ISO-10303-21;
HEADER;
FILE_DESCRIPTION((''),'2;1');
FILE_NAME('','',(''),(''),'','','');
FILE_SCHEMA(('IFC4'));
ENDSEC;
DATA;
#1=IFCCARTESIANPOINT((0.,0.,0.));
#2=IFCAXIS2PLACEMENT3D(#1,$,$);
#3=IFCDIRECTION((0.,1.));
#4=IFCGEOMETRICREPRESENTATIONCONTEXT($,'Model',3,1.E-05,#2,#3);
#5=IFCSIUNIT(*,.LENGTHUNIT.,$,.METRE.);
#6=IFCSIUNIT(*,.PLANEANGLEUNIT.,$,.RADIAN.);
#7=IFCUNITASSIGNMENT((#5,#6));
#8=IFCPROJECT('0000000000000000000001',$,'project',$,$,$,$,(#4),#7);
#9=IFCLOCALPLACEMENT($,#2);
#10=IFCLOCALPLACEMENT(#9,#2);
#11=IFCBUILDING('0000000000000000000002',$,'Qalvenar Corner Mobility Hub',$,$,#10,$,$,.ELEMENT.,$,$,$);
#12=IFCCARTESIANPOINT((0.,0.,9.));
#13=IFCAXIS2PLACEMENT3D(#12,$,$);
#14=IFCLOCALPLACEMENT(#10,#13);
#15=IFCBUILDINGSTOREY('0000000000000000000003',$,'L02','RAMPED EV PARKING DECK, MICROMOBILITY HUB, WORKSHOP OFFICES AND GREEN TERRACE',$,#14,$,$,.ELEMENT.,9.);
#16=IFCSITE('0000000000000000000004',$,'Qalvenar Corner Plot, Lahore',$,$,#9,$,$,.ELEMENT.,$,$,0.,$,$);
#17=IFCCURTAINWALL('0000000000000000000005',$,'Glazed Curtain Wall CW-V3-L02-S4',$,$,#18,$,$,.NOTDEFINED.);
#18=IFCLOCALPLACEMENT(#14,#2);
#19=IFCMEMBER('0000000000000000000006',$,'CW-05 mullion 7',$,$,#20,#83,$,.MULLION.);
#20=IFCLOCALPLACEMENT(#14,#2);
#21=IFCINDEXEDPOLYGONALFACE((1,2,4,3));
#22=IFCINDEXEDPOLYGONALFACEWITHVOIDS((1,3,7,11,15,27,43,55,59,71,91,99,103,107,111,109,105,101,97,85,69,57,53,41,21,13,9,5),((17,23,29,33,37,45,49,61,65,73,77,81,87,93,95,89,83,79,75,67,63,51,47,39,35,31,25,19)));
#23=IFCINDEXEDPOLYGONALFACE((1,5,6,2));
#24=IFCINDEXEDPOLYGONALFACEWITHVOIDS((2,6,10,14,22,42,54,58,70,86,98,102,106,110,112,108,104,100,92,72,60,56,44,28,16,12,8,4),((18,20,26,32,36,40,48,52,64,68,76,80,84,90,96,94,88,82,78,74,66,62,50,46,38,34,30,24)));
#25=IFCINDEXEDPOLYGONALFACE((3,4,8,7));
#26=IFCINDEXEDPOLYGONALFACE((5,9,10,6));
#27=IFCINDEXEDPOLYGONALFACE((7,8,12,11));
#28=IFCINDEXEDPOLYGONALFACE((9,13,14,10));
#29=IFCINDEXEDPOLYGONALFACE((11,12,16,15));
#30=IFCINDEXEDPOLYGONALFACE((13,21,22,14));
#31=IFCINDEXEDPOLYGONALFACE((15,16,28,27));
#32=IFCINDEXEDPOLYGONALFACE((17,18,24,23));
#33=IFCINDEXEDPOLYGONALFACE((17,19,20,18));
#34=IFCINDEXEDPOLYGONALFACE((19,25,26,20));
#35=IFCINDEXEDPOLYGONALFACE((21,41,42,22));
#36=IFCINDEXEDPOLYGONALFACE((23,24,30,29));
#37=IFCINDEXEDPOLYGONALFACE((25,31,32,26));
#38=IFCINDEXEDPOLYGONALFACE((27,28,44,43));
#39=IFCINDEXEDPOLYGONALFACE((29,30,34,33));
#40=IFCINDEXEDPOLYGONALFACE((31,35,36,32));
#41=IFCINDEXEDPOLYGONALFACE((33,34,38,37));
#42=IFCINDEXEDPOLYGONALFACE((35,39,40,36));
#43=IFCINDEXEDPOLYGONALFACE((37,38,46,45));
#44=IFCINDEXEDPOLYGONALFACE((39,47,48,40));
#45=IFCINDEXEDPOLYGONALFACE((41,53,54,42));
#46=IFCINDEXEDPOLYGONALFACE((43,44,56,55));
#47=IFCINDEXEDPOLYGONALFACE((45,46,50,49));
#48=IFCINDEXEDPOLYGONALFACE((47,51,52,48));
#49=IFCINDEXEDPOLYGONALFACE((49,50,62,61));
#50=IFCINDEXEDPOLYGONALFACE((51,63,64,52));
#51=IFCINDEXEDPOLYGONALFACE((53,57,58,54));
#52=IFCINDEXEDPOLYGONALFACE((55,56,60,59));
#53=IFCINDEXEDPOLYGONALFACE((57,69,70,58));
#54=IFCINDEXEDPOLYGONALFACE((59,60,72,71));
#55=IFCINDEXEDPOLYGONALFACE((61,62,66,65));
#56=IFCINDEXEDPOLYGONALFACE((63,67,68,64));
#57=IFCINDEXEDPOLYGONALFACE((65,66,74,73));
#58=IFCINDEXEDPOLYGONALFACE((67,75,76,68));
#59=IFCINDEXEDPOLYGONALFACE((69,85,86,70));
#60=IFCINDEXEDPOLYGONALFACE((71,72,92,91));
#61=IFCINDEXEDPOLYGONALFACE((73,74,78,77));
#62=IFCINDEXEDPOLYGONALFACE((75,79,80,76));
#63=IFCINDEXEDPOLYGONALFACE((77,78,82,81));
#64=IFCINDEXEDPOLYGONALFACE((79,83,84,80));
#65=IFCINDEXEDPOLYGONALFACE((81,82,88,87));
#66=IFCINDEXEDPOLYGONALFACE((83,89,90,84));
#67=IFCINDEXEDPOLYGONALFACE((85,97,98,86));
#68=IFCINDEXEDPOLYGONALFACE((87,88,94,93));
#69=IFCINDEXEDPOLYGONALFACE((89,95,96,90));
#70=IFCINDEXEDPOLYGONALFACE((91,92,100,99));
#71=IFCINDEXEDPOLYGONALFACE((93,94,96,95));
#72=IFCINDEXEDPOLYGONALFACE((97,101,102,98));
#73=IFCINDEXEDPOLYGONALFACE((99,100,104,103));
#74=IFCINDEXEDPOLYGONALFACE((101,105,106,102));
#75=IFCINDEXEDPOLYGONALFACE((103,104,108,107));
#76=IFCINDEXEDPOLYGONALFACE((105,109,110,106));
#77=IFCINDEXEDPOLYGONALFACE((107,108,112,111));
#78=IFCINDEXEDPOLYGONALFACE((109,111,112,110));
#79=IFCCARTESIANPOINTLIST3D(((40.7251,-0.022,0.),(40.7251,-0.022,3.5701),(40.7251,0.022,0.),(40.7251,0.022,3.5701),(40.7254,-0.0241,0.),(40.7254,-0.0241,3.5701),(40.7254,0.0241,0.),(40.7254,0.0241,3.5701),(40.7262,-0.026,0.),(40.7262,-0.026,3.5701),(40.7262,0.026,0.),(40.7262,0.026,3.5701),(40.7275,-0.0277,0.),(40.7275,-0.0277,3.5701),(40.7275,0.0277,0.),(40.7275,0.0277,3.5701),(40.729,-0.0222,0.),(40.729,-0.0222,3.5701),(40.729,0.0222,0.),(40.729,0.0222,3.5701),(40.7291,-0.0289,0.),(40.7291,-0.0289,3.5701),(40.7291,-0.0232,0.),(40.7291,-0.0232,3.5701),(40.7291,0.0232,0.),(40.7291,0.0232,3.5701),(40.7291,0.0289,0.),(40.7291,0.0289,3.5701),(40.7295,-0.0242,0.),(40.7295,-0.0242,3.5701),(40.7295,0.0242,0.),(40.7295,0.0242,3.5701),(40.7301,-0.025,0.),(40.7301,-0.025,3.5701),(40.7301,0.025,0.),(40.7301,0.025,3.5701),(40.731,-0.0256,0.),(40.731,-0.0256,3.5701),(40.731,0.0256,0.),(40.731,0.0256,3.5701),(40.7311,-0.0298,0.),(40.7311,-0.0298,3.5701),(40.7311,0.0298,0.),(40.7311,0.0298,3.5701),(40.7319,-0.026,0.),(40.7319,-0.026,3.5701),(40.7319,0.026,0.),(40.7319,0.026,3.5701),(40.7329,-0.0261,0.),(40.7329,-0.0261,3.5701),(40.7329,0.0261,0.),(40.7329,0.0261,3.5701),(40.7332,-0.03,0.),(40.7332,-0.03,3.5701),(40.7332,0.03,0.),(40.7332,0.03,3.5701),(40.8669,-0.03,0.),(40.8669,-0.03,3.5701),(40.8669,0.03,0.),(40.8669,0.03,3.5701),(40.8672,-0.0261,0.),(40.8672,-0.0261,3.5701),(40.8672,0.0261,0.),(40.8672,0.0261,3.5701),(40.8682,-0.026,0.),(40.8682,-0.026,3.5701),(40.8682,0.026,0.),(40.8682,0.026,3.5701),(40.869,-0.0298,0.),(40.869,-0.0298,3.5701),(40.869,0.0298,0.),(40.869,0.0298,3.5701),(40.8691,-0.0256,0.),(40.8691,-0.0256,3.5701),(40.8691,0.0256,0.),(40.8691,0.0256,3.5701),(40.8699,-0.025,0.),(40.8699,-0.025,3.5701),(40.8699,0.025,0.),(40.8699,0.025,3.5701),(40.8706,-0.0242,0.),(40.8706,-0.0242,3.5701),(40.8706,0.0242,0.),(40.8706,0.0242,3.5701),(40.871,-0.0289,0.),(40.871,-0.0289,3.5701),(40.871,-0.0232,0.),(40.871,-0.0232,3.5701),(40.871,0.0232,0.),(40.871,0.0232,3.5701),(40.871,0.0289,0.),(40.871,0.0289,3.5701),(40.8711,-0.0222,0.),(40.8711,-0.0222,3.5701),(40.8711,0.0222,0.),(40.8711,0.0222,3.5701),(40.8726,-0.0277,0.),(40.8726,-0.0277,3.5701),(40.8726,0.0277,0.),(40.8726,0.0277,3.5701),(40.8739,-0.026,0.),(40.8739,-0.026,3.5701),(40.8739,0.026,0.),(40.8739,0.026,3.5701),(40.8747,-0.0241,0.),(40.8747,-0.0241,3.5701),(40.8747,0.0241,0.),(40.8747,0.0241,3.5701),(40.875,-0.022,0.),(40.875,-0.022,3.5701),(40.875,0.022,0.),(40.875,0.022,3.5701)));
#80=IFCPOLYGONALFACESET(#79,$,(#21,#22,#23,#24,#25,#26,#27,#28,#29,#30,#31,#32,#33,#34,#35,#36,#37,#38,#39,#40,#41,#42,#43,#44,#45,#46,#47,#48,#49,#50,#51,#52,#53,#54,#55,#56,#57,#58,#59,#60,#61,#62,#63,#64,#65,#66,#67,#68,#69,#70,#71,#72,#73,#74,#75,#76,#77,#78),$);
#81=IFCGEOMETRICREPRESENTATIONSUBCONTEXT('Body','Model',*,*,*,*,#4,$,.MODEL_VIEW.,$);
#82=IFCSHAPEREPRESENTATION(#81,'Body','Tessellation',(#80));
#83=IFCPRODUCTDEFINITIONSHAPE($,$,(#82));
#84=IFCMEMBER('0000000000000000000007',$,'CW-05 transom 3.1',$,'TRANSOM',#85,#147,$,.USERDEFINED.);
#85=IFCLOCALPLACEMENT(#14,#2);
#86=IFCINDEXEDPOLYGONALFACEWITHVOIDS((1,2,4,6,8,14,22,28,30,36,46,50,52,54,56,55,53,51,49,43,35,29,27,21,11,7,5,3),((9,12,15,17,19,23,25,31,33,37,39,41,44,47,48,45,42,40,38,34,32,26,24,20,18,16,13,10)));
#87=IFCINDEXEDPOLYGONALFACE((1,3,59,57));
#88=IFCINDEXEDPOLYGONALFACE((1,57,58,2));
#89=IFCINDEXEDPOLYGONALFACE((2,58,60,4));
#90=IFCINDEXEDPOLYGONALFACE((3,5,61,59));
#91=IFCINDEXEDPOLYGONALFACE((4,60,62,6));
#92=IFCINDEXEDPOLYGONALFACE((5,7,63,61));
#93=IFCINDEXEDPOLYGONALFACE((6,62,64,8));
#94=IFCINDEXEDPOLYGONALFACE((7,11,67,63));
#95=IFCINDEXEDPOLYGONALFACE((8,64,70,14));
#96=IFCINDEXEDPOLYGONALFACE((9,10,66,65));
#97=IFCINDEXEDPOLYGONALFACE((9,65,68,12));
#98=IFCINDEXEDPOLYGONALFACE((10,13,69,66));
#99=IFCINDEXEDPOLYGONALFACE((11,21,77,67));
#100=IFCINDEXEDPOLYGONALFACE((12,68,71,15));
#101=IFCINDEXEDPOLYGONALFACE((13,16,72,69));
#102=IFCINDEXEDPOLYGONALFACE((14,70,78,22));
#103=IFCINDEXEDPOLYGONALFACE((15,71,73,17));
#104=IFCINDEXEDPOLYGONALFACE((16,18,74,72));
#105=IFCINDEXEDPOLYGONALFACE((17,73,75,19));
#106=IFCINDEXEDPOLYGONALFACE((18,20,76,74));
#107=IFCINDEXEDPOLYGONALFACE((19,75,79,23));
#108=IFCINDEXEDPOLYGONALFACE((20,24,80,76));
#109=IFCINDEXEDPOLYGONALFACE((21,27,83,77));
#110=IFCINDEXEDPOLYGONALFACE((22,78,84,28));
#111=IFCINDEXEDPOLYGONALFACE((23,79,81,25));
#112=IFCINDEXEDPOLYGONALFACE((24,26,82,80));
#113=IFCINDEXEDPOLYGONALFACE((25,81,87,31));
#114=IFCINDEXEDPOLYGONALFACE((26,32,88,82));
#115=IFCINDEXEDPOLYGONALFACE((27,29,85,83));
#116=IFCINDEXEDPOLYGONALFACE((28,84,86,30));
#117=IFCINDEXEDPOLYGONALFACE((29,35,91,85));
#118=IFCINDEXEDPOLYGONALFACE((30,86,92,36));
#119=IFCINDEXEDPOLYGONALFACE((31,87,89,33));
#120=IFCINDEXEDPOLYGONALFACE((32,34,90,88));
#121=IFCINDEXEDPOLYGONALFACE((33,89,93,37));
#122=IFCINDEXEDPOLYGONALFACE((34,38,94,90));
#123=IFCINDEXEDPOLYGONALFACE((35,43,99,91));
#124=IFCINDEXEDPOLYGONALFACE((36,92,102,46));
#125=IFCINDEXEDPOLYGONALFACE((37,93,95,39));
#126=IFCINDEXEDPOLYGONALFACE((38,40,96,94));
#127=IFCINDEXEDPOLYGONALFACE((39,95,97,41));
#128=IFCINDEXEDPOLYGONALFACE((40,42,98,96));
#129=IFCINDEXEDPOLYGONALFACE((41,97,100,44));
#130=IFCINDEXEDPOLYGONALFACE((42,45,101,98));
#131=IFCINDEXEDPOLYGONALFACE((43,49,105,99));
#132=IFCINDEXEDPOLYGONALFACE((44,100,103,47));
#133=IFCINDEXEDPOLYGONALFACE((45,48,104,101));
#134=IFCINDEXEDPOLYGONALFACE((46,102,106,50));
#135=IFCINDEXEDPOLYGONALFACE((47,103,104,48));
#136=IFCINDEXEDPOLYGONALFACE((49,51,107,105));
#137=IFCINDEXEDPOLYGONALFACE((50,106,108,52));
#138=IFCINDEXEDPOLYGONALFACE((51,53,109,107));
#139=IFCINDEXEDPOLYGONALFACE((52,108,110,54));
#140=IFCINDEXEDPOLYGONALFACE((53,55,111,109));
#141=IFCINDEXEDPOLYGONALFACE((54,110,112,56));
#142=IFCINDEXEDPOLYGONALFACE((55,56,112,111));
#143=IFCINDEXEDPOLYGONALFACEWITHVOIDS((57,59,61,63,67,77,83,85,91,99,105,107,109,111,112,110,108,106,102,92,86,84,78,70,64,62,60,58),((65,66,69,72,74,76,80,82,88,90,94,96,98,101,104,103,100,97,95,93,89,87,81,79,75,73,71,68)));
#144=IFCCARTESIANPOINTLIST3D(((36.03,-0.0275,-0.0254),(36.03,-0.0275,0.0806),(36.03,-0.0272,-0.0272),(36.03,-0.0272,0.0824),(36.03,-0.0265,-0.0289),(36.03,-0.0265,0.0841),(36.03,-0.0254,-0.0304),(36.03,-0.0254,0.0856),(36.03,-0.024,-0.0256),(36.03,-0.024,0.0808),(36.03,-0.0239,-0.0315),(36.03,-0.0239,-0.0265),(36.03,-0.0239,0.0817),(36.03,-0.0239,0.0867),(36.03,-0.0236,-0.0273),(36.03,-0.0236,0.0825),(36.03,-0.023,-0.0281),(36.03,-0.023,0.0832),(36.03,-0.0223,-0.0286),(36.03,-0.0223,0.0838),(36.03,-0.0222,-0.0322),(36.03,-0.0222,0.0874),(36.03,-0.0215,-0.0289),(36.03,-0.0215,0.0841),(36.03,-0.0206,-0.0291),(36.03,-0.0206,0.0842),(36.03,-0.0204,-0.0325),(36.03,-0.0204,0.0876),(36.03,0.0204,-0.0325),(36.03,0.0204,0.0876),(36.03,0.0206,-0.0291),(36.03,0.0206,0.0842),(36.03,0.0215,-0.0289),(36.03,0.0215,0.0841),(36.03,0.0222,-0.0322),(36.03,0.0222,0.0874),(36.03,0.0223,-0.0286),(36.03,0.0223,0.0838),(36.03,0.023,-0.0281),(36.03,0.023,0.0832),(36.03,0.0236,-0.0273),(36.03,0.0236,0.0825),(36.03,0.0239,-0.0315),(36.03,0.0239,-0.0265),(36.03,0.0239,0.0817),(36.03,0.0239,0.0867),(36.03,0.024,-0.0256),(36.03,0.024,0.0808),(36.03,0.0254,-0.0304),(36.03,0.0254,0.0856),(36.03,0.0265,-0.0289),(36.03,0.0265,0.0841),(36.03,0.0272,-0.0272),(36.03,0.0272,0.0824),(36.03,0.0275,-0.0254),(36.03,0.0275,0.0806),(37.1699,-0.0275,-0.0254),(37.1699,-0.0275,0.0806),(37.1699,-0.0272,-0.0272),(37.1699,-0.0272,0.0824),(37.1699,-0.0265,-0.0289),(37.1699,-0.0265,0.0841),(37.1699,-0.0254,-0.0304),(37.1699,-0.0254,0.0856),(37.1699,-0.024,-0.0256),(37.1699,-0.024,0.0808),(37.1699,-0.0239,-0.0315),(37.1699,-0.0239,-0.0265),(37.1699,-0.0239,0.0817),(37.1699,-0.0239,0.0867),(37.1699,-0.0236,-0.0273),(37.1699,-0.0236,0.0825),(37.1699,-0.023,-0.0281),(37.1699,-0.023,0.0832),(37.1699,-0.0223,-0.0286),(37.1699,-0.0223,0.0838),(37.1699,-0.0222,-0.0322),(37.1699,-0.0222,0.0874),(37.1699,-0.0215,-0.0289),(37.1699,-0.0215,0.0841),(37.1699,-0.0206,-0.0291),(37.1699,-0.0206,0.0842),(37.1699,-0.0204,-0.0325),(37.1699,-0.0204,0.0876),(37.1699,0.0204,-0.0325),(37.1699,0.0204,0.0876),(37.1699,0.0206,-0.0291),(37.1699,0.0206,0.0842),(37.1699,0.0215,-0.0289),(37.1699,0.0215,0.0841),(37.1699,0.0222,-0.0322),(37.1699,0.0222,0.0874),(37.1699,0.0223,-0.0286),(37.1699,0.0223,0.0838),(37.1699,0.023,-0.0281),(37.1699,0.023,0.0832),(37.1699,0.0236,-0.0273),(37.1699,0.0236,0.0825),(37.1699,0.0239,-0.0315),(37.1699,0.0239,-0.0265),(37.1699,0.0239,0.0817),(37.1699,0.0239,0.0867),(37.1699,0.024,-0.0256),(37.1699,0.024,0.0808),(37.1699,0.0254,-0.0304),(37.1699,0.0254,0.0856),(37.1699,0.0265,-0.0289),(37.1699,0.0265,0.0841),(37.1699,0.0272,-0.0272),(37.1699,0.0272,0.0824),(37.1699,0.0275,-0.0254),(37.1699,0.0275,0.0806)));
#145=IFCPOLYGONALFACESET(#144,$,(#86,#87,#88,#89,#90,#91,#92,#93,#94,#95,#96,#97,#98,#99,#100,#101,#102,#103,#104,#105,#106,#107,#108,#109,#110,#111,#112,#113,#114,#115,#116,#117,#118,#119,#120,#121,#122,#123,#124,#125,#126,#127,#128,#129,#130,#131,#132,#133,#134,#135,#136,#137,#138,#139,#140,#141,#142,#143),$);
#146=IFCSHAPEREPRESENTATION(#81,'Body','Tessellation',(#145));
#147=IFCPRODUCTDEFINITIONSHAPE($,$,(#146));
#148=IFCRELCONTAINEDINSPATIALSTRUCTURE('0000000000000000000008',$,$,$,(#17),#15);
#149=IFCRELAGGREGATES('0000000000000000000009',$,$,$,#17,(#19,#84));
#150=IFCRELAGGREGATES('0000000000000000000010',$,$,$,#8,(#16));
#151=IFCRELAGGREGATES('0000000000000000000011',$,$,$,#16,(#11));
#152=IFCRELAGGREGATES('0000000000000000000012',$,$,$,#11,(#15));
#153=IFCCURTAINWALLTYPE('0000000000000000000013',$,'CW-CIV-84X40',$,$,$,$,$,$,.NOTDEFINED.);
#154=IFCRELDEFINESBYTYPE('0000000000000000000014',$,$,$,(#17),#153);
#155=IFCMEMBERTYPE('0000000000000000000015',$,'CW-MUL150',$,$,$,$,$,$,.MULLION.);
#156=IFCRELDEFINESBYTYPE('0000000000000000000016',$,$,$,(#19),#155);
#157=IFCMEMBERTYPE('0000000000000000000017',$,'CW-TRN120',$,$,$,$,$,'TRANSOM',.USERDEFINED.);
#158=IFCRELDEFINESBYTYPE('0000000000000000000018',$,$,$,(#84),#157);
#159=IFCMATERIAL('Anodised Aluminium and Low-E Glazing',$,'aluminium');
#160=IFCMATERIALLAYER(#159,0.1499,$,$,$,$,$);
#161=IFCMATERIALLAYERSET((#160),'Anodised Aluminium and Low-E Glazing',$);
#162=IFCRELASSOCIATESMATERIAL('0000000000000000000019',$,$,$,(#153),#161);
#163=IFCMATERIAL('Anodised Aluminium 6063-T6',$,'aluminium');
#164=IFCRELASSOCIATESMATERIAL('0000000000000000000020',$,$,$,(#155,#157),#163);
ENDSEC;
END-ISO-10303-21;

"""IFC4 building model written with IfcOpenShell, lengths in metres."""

from ifc_helpers import new_model, si_unit, direction, frame, origin, origin_2d, place, context, subcontext, project, spatial, hollow_rectangle, extrude, material, layer, layer_set, material_profile, profile_set, type_object, element, aggregate, save


model = new_model("IFC4")

# Units and contexts
model_context = context("Model", 3, precision=1e-05, world=origin(), true_north=direction((0.0, 1.0)))
body_context = subcontext(model_context, "Body", "Model", "MODEL_VIEW")
ifc_project = project(units=[si_unit("LENGTHUNIT", "METRE"), si_unit("PLANEANGLEUNIT", "RADIAN")], contexts=[model_context])

# Site, building, storey
site_placement = place(None, origin())
site = spatial("IfcSite", under=ifc_project, at=site_placement, Name="Qalvenar Corner Plot, Lahore", CompositionType="ELEMENT", RefElevation=0.0)
building_placement = place(site_placement, origin())
building = spatial("IfcBuilding", under=site, at=building_placement, Name="Qalvenar Corner Mobility Hub", CompositionType="ELEMENT")
storey_placement = place(building_placement, frame((0.0, 0.0, 9.0)))
storey = spatial("IfcBuildingStorey", under=building, at=storey_placement, Name="L02", Description="RAMPED EV PARKING DECK, MICROMOBILITY HUB, WORKSHOP OFFICES AND GREEN TERRACE", CompositionType="ELEMENT", Elevation=9.0)

# Curtain wall, members
ifc_material_1 = material(Name="Anodised Aluminium and Low-E Glazing", Category="aluminium")
ifc_layer_1 = layer(ifc_material_1, 0.1499)
ifc_layer_set_1 = layer_set([ifc_layer_1], Name="Anodised Aluminium and Low-E Glazing")
curtain_wall_type = type_object("IfcCurtainWallType", Name="CW-CIV-84X40", PredefinedType="NOTDEFINED", material=ifc_layer_set_1)
curtain_wall_placement = place(storey_placement, origin())
curtain_wall = element("IfcCurtainWall", 1, at=curtain_wall_placement, inside=storey, type_object=curtain_wall_type, Name="Glazed Curtain Wall CW-V3-L02-S4", PredefinedType="NOTDEFINED")
ifc_material_2 = material(Name="Anodised Aluminium 6063-T6", Category="aluminium")
ifc_material_profile_1 = material_profile(ifc_material_2, hollow_rectangle(XDim=0.0601, YDim=0.1499, WallThickness=0.0039, InnerFilletRadius=0.0039, OuterFilletRadius=0.0081, at=origin_2d()), Name="RHS150x60x4")
ifc_profile_set_1 = profile_set([ifc_material_profile_1], Name="Anodised Aluminium 6063-T6")
member_type_1 = type_object("IfcMemberType", Name="CW-MUL150", PredefinedType="MULLION", material=ifc_profile_set_1)
member_1_placement = place(storey_placement, frame((40.8, 0.0, 0.0), z_axis=(0.0, 0.0, 1.0), x_axis=(0.0, 1.0, 0.0)))
member_1 = element("IfcMember", 2, at=member_1_placement, type_object=member_type_1, Name="CW-05 mullion 7", PredefinedType="MULLION", context=body_context, shape_type="SweptSolid", body=[
    extrude(hollow_rectangle(XDim=0.0601, YDim=0.1499, WallThickness=0.0039, InnerFilletRadius=0.0039, OuterFilletRadius=0.0081, at=origin_2d()), origin(), (0.0, 0.0, 1.0), 3.5701),
])
ifc_material_profile_2 = material_profile(ifc_material_2, hollow_rectangle(XDim=0.0549, YDim=0.1201, WallThickness=0.0034, InnerFilletRadius=0.0034, OuterFilletRadius=0.0071, at=origin_2d()), Name="RHS120x55x3.5")
ifc_profile_set_2 = profile_set([ifc_material_profile_2], Name="Anodised Aluminium 6063-T6")
member_type_2 = type_object("IfcMemberType", Name="CW-TRN120", ElementType="TRANSOM", PredefinedType="USERDEFINED", material=ifc_profile_set_2)
member_2_placement = place(storey_placement, frame((36.03, 0.0, 0.0276), z_axis=(1.0, 0.0, 0.0), x_axis=(0.0, 1.0, 0.0)))
member_2 = element("IfcMember", 3, at=member_2_placement, type_object=member_type_2, Name="CW-05 transom 3.1", ObjectType="TRANSOM", PredefinedType="USERDEFINED", context=body_context, shape_type="SweptSolid", body=[
    extrude(hollow_rectangle(XDim=0.0549, YDim=0.1201, WallThickness=0.0034, InnerFilletRadius=0.0034, OuterFilletRadius=0.0071, at=origin_2d()), origin(), (0.0, 0.0, 1.0), 1.1399),
])
aggregate(curtain_wall, [member_1, member_2])

save(model, "model.ifc")
